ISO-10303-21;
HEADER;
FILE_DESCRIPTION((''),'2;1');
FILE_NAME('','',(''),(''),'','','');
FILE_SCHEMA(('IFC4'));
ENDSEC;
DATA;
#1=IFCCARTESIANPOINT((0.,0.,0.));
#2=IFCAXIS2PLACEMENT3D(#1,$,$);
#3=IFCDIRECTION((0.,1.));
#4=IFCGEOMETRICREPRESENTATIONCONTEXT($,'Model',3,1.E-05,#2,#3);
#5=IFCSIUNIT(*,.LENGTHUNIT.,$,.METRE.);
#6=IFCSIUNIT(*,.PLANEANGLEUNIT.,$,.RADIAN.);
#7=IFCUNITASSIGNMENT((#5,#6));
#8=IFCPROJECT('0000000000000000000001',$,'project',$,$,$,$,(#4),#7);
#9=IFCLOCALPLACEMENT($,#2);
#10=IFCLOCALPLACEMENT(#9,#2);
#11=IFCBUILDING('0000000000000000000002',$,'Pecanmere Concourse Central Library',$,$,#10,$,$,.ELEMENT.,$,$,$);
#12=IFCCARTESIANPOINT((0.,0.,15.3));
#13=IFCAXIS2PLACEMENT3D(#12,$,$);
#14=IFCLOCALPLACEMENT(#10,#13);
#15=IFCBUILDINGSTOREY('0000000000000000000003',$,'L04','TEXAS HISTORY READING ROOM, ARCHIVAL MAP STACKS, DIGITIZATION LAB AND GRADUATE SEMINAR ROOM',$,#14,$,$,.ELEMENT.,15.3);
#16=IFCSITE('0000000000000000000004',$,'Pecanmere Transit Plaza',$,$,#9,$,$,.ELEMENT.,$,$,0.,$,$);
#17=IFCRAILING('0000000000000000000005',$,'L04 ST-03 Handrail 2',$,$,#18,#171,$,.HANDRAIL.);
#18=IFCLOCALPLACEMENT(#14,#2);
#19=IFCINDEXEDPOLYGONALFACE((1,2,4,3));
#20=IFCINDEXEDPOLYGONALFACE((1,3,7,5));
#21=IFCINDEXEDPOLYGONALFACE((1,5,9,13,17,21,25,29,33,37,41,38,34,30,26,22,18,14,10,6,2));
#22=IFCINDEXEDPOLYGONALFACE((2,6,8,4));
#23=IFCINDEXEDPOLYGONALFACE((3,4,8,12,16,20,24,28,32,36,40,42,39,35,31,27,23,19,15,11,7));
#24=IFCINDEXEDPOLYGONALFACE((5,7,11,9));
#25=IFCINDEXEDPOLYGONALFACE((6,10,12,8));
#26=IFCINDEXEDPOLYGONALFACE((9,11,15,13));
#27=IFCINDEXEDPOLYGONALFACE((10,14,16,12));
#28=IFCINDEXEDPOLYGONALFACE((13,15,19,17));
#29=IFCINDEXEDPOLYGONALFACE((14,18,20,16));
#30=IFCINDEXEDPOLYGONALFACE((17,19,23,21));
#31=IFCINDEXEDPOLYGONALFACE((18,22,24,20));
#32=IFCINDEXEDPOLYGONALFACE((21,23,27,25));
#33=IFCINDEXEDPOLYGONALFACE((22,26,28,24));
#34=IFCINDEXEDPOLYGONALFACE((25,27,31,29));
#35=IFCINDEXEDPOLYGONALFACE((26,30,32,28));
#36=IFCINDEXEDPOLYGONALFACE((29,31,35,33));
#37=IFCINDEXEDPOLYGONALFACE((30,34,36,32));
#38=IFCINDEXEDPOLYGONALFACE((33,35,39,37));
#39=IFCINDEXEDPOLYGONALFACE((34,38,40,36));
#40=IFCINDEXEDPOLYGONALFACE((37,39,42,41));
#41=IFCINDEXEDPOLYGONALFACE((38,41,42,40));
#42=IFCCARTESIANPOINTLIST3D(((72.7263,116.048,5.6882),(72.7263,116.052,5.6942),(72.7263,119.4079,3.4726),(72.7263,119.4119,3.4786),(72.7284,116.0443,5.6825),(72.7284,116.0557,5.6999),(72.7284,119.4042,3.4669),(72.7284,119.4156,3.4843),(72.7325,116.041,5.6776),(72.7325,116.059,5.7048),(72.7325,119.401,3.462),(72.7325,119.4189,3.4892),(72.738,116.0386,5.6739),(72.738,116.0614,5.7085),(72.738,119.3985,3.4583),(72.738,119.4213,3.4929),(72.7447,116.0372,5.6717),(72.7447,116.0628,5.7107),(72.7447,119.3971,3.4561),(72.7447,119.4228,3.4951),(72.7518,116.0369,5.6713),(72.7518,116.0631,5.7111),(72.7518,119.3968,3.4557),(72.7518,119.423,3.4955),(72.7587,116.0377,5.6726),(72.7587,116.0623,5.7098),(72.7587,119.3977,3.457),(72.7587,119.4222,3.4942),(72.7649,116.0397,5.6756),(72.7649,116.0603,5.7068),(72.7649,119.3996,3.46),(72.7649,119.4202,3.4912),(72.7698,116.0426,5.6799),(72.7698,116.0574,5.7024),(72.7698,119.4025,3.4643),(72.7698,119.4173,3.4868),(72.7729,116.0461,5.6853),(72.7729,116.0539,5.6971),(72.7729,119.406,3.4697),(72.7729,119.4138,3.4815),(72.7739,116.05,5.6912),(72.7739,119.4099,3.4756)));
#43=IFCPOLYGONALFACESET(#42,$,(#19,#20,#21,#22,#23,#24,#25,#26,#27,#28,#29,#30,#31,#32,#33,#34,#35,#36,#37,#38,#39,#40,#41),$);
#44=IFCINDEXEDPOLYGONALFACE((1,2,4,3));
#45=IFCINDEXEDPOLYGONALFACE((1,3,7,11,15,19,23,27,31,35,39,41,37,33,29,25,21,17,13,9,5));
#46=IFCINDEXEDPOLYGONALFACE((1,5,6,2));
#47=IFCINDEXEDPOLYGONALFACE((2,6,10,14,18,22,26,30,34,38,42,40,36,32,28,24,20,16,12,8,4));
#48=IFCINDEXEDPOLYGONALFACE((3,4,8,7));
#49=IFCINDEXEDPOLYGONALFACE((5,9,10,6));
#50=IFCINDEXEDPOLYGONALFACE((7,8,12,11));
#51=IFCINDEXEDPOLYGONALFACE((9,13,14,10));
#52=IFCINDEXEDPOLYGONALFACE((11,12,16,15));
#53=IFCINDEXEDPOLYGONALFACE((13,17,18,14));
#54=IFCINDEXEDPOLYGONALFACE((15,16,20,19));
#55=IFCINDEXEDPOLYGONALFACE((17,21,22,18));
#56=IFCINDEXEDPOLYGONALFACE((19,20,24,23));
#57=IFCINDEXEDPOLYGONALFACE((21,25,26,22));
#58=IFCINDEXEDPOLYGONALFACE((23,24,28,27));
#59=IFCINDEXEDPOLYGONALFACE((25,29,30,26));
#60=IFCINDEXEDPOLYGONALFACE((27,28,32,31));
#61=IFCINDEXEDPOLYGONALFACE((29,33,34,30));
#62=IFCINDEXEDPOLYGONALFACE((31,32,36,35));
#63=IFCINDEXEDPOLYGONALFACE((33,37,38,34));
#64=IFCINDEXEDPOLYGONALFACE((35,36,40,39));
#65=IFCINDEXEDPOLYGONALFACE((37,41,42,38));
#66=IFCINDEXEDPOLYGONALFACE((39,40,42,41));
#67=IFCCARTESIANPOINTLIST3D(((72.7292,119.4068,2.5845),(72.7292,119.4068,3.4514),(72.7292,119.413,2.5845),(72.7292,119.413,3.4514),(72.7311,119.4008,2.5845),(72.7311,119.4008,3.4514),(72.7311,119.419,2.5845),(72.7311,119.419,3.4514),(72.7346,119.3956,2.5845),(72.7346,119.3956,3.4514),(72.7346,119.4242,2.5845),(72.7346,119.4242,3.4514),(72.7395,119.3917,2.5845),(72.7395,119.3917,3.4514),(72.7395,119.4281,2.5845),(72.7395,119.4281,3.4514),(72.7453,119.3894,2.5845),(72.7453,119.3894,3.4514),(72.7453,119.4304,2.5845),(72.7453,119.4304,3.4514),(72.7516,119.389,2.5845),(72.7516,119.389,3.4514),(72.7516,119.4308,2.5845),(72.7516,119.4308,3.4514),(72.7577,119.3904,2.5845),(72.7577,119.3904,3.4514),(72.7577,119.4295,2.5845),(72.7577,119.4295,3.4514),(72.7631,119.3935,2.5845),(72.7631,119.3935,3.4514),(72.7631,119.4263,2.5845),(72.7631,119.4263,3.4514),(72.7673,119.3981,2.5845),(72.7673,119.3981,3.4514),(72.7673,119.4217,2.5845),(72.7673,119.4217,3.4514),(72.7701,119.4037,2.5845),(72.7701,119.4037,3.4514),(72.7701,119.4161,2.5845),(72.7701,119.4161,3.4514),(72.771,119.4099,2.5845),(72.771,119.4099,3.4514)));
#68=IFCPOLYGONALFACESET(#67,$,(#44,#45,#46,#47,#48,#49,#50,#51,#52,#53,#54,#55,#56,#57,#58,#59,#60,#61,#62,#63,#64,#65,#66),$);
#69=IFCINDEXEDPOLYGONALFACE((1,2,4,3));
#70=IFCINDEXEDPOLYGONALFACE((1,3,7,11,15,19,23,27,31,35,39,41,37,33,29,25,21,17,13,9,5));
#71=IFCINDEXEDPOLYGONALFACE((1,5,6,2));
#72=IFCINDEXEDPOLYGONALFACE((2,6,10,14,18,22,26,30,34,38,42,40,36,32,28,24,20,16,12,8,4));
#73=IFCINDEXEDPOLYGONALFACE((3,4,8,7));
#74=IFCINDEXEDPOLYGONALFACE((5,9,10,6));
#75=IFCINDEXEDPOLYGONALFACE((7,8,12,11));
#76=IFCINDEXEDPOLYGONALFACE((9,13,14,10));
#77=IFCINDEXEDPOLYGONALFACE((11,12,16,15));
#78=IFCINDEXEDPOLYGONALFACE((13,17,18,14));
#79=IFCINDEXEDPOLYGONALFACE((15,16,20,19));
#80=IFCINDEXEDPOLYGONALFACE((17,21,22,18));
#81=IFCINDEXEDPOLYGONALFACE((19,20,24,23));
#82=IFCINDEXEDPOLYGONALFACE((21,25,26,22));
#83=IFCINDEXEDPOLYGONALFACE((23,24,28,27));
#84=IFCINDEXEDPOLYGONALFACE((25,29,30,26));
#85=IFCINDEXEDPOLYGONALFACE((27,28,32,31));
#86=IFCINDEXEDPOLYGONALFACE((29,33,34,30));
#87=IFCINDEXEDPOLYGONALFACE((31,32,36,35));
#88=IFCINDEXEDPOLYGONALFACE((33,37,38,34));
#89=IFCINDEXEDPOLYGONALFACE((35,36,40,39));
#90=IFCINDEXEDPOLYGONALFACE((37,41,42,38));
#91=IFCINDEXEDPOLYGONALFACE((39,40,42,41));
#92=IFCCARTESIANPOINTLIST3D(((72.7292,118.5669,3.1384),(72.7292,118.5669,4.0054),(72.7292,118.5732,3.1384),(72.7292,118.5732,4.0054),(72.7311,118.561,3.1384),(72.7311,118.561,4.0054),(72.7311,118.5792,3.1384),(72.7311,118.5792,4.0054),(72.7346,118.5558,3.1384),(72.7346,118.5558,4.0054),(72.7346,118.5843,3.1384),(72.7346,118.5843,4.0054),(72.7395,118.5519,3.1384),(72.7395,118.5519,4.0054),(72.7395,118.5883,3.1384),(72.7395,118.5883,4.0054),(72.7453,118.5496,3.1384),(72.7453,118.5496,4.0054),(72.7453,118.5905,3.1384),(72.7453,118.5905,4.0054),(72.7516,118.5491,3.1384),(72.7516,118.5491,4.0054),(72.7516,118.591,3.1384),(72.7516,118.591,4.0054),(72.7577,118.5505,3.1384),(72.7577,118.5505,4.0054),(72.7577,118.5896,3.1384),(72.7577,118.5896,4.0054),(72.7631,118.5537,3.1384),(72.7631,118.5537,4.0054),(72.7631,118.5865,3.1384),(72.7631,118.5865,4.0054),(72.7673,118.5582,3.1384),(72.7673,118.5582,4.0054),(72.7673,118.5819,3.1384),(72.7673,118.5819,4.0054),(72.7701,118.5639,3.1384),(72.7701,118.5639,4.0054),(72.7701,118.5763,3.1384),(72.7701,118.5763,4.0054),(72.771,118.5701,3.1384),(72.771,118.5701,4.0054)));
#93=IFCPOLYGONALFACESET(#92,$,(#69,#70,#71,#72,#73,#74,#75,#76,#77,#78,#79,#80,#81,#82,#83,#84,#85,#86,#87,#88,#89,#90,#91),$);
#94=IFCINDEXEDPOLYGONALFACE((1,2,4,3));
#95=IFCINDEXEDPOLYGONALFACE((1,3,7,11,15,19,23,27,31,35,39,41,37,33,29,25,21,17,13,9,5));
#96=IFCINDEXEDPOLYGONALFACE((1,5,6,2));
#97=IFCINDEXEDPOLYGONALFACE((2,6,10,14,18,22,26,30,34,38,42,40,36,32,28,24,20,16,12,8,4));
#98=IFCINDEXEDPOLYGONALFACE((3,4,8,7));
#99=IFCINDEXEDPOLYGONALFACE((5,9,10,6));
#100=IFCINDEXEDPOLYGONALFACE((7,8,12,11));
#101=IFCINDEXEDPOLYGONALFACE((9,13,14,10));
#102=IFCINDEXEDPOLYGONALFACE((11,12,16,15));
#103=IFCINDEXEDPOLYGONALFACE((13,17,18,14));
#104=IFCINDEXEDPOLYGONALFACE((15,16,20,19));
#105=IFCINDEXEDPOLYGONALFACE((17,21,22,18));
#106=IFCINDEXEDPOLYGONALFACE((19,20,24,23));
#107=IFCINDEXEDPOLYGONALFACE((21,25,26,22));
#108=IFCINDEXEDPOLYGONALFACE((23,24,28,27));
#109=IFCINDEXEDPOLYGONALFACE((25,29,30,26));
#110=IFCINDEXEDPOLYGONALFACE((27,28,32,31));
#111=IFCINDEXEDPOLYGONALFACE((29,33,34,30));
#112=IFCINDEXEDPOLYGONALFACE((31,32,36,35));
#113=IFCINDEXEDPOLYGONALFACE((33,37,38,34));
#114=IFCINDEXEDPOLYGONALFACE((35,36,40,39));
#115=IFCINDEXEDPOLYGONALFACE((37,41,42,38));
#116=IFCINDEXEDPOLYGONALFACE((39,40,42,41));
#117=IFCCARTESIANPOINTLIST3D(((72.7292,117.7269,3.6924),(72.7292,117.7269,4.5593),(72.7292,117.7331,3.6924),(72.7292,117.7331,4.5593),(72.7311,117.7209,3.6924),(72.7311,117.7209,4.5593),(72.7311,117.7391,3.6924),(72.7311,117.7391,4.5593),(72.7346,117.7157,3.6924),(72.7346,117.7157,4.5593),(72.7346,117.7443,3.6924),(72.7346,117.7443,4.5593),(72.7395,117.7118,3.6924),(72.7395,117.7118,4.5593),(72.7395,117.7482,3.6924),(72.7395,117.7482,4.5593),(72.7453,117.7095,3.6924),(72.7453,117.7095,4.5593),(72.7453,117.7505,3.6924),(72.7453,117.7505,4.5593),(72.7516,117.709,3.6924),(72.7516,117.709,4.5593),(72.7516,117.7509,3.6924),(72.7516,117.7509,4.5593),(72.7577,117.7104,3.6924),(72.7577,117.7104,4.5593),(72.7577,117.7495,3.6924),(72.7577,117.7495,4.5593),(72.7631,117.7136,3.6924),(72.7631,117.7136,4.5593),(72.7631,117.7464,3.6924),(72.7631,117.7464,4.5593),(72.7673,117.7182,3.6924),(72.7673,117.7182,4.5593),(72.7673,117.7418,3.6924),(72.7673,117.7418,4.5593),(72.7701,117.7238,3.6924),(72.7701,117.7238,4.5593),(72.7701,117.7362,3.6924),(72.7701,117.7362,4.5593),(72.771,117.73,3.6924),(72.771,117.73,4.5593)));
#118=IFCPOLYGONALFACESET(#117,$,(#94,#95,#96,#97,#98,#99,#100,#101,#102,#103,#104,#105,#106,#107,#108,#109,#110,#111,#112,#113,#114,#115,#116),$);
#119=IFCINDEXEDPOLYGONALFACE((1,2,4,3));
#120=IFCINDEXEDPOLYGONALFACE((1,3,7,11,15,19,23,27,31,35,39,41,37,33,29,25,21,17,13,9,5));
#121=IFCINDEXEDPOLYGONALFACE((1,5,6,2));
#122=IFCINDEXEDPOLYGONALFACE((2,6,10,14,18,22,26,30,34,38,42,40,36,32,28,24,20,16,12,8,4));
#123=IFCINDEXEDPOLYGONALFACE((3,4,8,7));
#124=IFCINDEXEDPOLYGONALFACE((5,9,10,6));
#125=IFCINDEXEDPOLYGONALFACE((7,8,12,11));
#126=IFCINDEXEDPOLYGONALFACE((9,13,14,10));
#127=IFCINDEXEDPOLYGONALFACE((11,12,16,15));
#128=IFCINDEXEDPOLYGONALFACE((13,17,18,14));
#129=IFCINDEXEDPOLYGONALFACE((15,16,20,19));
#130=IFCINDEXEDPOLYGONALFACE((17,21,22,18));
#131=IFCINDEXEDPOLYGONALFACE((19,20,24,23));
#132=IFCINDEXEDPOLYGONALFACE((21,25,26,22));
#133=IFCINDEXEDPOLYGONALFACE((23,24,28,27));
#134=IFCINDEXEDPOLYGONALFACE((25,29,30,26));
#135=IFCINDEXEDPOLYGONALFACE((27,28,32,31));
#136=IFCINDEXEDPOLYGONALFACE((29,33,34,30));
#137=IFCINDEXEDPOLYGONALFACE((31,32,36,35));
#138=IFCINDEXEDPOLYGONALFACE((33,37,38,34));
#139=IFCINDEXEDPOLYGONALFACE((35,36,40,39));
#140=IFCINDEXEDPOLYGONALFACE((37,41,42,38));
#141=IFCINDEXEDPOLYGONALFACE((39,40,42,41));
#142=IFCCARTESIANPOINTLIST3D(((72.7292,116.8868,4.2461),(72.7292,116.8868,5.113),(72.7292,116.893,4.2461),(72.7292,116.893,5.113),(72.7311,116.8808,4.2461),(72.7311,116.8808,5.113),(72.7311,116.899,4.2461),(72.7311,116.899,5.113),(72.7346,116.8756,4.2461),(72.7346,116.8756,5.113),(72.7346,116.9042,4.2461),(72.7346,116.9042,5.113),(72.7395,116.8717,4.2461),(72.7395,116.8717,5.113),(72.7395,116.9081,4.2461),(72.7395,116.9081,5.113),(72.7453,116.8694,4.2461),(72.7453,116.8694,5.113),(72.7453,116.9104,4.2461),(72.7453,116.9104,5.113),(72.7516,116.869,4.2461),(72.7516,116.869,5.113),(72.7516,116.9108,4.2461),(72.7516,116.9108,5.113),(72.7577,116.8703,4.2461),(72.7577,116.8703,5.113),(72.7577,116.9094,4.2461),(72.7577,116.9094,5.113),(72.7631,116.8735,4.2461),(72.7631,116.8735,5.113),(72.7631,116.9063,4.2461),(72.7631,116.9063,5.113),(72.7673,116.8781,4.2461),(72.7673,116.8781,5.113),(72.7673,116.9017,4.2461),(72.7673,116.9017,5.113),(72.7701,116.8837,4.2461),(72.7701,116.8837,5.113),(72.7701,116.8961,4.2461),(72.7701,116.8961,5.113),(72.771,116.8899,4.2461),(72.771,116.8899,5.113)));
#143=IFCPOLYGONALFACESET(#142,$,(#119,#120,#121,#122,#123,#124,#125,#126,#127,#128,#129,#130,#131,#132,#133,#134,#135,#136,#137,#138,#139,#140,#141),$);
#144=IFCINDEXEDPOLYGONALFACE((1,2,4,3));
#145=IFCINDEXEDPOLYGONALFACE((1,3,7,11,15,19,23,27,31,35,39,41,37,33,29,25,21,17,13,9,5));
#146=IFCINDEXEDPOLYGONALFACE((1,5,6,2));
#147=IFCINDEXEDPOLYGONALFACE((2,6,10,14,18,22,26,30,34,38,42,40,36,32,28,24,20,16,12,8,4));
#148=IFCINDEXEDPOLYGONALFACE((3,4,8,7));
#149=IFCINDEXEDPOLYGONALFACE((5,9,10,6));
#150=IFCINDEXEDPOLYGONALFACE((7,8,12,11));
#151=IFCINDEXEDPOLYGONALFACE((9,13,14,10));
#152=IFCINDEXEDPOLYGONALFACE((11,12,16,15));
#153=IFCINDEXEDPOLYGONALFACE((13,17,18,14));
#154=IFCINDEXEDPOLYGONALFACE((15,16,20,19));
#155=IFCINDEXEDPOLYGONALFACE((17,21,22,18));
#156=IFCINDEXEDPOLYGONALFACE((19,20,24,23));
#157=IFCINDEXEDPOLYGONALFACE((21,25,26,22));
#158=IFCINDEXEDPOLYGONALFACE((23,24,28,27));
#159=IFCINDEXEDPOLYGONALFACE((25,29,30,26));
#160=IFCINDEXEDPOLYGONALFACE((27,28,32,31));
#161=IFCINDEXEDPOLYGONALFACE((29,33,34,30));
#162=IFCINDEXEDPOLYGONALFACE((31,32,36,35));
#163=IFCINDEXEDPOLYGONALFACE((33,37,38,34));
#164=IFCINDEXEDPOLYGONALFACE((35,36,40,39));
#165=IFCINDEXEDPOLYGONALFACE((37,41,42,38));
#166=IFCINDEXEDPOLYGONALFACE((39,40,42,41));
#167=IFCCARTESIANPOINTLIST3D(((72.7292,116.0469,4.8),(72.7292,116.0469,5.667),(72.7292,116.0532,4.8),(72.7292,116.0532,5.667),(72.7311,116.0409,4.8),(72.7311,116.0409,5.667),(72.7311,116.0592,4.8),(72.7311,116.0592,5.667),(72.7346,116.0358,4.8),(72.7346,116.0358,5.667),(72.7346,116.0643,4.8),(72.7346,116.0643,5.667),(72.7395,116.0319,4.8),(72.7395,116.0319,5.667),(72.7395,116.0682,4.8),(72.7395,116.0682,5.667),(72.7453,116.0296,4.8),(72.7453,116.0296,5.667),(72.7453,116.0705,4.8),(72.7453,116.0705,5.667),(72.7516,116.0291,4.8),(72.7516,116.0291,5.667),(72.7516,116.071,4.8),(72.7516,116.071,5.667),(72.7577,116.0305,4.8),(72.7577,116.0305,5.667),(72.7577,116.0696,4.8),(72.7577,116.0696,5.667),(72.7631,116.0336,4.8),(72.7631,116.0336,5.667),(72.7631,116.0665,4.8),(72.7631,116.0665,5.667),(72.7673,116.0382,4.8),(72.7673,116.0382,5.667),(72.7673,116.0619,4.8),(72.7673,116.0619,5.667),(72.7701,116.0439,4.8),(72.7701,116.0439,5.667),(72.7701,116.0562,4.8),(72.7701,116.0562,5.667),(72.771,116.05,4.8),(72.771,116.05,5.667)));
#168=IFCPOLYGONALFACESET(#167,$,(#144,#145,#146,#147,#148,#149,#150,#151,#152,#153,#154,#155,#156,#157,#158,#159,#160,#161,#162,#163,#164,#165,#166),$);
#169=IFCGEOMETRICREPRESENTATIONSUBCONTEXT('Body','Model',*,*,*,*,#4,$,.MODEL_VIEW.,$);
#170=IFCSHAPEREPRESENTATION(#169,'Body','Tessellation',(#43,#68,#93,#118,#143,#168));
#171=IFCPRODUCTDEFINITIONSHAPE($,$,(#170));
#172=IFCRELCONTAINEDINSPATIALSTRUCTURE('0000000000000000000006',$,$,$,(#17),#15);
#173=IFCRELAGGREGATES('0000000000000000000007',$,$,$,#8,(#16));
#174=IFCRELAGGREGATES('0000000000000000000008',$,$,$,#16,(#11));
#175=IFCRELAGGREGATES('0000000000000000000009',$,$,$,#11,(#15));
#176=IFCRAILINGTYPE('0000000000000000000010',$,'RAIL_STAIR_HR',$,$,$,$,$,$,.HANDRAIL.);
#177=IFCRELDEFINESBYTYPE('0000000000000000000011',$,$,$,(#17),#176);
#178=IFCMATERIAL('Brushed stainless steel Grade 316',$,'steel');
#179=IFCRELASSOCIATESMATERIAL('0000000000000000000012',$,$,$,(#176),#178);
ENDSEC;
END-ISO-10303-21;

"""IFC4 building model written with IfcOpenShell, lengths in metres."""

from ifc_helpers import new_model, si_unit, direction, frame, origin, origin_2d, place, context, subcontext, project, spatial, circle, extrude, material, type_object, element, save


model = new_model("IFC4")

# Units and contexts
model_context = context("Model", 3, precision=1e-05, world=origin(), true_north=direction((0.0, 1.0)))
body_context = subcontext(model_context, "Body", "Model", "MODEL_VIEW")
ifc_project = project(units=[si_unit("LENGTHUNIT", "METRE"), si_unit("PLANEANGLEUNIT", "RADIAN")], contexts=[model_context])

# Site, building, storey
site_placement = place(None, origin())
site = spatial("IfcSite", under=ifc_project, at=site_placement, Name="Pecanmere Transit Plaza", CompositionType="ELEMENT", RefElevation=0.0)
building_placement = place(site_placement, origin())
building = spatial("IfcBuilding", under=site, at=building_placement, Name="Pecanmere Concourse Central Library", CompositionType="ELEMENT")
storey_placement = place(building_placement, frame((0.0, 0.0, 15.3)))
storey = spatial("IfcBuildingStorey", under=building, at=storey_placement, Name="L04", Description="TEXAS HISTORY READING ROOM, ARCHIVAL MAP STACKS, DIGITIZATION LAB AND GRADUATE SEMINAR ROOM", CompositionType="ELEMENT", Elevation=15.3)

# Railing
ifc_material_1 = material(Name="Brushed stainless steel Grade 316", Category="steel")
railing_type_1 = type_object("IfcRailingType", Name="RAIL_STAIR_HR", PredefinedType="HANDRAIL", material=ifc_material_1)
railing_1_placement = place(storey_placement, frame((72.75, 119.4099, 2.5845)))
element("IfcRailing", 1, at=railing_1_placement, inside=storey, type_object=railing_type_1, Name="L04 ST-03 Handrail 2", PredefinedType="HANDRAIL", context=body_context, shape_type="SweptSolid", body=[
    extrude(circle(Radius=0.0239, at=origin_2d()), frame((0.0, 0.0, 0.8911), z_axis=(0.0, -0.83483, 0.550508), x_axis=(1.0, 0.0, 0.0)), (0.0, 0.0, 1.0), 4.0247),
    extrude(circle(Radius=0.021, at=origin_2d()), origin(), (0.0, 0.0, 1.0), 0.8669),
    extrude(circle(Radius=0.021, at=origin_2d()), frame((0.0, -0.8398, 0.554)), (0.0, 0.0, 1.0), 0.8669),
    extrude(circle(Radius=0.021, at=origin_2d()), frame((0.0, -1.6799, 1.1079)), (0.0, 0.0, 1.0), 0.8669),
    extrude(circle(Radius=0.021, at=origin_2d()), frame((0.0, -2.52, 1.6616)), (0.0, 0.0, 1.0), 0.8669),
    extrude(circle(Radius=0.021, at=origin_2d()), frame((0.0, -3.3599, 2.2156)), (0.0, 0.0, 1.0), 0.8669),
])

save(model, "model.ifc")
